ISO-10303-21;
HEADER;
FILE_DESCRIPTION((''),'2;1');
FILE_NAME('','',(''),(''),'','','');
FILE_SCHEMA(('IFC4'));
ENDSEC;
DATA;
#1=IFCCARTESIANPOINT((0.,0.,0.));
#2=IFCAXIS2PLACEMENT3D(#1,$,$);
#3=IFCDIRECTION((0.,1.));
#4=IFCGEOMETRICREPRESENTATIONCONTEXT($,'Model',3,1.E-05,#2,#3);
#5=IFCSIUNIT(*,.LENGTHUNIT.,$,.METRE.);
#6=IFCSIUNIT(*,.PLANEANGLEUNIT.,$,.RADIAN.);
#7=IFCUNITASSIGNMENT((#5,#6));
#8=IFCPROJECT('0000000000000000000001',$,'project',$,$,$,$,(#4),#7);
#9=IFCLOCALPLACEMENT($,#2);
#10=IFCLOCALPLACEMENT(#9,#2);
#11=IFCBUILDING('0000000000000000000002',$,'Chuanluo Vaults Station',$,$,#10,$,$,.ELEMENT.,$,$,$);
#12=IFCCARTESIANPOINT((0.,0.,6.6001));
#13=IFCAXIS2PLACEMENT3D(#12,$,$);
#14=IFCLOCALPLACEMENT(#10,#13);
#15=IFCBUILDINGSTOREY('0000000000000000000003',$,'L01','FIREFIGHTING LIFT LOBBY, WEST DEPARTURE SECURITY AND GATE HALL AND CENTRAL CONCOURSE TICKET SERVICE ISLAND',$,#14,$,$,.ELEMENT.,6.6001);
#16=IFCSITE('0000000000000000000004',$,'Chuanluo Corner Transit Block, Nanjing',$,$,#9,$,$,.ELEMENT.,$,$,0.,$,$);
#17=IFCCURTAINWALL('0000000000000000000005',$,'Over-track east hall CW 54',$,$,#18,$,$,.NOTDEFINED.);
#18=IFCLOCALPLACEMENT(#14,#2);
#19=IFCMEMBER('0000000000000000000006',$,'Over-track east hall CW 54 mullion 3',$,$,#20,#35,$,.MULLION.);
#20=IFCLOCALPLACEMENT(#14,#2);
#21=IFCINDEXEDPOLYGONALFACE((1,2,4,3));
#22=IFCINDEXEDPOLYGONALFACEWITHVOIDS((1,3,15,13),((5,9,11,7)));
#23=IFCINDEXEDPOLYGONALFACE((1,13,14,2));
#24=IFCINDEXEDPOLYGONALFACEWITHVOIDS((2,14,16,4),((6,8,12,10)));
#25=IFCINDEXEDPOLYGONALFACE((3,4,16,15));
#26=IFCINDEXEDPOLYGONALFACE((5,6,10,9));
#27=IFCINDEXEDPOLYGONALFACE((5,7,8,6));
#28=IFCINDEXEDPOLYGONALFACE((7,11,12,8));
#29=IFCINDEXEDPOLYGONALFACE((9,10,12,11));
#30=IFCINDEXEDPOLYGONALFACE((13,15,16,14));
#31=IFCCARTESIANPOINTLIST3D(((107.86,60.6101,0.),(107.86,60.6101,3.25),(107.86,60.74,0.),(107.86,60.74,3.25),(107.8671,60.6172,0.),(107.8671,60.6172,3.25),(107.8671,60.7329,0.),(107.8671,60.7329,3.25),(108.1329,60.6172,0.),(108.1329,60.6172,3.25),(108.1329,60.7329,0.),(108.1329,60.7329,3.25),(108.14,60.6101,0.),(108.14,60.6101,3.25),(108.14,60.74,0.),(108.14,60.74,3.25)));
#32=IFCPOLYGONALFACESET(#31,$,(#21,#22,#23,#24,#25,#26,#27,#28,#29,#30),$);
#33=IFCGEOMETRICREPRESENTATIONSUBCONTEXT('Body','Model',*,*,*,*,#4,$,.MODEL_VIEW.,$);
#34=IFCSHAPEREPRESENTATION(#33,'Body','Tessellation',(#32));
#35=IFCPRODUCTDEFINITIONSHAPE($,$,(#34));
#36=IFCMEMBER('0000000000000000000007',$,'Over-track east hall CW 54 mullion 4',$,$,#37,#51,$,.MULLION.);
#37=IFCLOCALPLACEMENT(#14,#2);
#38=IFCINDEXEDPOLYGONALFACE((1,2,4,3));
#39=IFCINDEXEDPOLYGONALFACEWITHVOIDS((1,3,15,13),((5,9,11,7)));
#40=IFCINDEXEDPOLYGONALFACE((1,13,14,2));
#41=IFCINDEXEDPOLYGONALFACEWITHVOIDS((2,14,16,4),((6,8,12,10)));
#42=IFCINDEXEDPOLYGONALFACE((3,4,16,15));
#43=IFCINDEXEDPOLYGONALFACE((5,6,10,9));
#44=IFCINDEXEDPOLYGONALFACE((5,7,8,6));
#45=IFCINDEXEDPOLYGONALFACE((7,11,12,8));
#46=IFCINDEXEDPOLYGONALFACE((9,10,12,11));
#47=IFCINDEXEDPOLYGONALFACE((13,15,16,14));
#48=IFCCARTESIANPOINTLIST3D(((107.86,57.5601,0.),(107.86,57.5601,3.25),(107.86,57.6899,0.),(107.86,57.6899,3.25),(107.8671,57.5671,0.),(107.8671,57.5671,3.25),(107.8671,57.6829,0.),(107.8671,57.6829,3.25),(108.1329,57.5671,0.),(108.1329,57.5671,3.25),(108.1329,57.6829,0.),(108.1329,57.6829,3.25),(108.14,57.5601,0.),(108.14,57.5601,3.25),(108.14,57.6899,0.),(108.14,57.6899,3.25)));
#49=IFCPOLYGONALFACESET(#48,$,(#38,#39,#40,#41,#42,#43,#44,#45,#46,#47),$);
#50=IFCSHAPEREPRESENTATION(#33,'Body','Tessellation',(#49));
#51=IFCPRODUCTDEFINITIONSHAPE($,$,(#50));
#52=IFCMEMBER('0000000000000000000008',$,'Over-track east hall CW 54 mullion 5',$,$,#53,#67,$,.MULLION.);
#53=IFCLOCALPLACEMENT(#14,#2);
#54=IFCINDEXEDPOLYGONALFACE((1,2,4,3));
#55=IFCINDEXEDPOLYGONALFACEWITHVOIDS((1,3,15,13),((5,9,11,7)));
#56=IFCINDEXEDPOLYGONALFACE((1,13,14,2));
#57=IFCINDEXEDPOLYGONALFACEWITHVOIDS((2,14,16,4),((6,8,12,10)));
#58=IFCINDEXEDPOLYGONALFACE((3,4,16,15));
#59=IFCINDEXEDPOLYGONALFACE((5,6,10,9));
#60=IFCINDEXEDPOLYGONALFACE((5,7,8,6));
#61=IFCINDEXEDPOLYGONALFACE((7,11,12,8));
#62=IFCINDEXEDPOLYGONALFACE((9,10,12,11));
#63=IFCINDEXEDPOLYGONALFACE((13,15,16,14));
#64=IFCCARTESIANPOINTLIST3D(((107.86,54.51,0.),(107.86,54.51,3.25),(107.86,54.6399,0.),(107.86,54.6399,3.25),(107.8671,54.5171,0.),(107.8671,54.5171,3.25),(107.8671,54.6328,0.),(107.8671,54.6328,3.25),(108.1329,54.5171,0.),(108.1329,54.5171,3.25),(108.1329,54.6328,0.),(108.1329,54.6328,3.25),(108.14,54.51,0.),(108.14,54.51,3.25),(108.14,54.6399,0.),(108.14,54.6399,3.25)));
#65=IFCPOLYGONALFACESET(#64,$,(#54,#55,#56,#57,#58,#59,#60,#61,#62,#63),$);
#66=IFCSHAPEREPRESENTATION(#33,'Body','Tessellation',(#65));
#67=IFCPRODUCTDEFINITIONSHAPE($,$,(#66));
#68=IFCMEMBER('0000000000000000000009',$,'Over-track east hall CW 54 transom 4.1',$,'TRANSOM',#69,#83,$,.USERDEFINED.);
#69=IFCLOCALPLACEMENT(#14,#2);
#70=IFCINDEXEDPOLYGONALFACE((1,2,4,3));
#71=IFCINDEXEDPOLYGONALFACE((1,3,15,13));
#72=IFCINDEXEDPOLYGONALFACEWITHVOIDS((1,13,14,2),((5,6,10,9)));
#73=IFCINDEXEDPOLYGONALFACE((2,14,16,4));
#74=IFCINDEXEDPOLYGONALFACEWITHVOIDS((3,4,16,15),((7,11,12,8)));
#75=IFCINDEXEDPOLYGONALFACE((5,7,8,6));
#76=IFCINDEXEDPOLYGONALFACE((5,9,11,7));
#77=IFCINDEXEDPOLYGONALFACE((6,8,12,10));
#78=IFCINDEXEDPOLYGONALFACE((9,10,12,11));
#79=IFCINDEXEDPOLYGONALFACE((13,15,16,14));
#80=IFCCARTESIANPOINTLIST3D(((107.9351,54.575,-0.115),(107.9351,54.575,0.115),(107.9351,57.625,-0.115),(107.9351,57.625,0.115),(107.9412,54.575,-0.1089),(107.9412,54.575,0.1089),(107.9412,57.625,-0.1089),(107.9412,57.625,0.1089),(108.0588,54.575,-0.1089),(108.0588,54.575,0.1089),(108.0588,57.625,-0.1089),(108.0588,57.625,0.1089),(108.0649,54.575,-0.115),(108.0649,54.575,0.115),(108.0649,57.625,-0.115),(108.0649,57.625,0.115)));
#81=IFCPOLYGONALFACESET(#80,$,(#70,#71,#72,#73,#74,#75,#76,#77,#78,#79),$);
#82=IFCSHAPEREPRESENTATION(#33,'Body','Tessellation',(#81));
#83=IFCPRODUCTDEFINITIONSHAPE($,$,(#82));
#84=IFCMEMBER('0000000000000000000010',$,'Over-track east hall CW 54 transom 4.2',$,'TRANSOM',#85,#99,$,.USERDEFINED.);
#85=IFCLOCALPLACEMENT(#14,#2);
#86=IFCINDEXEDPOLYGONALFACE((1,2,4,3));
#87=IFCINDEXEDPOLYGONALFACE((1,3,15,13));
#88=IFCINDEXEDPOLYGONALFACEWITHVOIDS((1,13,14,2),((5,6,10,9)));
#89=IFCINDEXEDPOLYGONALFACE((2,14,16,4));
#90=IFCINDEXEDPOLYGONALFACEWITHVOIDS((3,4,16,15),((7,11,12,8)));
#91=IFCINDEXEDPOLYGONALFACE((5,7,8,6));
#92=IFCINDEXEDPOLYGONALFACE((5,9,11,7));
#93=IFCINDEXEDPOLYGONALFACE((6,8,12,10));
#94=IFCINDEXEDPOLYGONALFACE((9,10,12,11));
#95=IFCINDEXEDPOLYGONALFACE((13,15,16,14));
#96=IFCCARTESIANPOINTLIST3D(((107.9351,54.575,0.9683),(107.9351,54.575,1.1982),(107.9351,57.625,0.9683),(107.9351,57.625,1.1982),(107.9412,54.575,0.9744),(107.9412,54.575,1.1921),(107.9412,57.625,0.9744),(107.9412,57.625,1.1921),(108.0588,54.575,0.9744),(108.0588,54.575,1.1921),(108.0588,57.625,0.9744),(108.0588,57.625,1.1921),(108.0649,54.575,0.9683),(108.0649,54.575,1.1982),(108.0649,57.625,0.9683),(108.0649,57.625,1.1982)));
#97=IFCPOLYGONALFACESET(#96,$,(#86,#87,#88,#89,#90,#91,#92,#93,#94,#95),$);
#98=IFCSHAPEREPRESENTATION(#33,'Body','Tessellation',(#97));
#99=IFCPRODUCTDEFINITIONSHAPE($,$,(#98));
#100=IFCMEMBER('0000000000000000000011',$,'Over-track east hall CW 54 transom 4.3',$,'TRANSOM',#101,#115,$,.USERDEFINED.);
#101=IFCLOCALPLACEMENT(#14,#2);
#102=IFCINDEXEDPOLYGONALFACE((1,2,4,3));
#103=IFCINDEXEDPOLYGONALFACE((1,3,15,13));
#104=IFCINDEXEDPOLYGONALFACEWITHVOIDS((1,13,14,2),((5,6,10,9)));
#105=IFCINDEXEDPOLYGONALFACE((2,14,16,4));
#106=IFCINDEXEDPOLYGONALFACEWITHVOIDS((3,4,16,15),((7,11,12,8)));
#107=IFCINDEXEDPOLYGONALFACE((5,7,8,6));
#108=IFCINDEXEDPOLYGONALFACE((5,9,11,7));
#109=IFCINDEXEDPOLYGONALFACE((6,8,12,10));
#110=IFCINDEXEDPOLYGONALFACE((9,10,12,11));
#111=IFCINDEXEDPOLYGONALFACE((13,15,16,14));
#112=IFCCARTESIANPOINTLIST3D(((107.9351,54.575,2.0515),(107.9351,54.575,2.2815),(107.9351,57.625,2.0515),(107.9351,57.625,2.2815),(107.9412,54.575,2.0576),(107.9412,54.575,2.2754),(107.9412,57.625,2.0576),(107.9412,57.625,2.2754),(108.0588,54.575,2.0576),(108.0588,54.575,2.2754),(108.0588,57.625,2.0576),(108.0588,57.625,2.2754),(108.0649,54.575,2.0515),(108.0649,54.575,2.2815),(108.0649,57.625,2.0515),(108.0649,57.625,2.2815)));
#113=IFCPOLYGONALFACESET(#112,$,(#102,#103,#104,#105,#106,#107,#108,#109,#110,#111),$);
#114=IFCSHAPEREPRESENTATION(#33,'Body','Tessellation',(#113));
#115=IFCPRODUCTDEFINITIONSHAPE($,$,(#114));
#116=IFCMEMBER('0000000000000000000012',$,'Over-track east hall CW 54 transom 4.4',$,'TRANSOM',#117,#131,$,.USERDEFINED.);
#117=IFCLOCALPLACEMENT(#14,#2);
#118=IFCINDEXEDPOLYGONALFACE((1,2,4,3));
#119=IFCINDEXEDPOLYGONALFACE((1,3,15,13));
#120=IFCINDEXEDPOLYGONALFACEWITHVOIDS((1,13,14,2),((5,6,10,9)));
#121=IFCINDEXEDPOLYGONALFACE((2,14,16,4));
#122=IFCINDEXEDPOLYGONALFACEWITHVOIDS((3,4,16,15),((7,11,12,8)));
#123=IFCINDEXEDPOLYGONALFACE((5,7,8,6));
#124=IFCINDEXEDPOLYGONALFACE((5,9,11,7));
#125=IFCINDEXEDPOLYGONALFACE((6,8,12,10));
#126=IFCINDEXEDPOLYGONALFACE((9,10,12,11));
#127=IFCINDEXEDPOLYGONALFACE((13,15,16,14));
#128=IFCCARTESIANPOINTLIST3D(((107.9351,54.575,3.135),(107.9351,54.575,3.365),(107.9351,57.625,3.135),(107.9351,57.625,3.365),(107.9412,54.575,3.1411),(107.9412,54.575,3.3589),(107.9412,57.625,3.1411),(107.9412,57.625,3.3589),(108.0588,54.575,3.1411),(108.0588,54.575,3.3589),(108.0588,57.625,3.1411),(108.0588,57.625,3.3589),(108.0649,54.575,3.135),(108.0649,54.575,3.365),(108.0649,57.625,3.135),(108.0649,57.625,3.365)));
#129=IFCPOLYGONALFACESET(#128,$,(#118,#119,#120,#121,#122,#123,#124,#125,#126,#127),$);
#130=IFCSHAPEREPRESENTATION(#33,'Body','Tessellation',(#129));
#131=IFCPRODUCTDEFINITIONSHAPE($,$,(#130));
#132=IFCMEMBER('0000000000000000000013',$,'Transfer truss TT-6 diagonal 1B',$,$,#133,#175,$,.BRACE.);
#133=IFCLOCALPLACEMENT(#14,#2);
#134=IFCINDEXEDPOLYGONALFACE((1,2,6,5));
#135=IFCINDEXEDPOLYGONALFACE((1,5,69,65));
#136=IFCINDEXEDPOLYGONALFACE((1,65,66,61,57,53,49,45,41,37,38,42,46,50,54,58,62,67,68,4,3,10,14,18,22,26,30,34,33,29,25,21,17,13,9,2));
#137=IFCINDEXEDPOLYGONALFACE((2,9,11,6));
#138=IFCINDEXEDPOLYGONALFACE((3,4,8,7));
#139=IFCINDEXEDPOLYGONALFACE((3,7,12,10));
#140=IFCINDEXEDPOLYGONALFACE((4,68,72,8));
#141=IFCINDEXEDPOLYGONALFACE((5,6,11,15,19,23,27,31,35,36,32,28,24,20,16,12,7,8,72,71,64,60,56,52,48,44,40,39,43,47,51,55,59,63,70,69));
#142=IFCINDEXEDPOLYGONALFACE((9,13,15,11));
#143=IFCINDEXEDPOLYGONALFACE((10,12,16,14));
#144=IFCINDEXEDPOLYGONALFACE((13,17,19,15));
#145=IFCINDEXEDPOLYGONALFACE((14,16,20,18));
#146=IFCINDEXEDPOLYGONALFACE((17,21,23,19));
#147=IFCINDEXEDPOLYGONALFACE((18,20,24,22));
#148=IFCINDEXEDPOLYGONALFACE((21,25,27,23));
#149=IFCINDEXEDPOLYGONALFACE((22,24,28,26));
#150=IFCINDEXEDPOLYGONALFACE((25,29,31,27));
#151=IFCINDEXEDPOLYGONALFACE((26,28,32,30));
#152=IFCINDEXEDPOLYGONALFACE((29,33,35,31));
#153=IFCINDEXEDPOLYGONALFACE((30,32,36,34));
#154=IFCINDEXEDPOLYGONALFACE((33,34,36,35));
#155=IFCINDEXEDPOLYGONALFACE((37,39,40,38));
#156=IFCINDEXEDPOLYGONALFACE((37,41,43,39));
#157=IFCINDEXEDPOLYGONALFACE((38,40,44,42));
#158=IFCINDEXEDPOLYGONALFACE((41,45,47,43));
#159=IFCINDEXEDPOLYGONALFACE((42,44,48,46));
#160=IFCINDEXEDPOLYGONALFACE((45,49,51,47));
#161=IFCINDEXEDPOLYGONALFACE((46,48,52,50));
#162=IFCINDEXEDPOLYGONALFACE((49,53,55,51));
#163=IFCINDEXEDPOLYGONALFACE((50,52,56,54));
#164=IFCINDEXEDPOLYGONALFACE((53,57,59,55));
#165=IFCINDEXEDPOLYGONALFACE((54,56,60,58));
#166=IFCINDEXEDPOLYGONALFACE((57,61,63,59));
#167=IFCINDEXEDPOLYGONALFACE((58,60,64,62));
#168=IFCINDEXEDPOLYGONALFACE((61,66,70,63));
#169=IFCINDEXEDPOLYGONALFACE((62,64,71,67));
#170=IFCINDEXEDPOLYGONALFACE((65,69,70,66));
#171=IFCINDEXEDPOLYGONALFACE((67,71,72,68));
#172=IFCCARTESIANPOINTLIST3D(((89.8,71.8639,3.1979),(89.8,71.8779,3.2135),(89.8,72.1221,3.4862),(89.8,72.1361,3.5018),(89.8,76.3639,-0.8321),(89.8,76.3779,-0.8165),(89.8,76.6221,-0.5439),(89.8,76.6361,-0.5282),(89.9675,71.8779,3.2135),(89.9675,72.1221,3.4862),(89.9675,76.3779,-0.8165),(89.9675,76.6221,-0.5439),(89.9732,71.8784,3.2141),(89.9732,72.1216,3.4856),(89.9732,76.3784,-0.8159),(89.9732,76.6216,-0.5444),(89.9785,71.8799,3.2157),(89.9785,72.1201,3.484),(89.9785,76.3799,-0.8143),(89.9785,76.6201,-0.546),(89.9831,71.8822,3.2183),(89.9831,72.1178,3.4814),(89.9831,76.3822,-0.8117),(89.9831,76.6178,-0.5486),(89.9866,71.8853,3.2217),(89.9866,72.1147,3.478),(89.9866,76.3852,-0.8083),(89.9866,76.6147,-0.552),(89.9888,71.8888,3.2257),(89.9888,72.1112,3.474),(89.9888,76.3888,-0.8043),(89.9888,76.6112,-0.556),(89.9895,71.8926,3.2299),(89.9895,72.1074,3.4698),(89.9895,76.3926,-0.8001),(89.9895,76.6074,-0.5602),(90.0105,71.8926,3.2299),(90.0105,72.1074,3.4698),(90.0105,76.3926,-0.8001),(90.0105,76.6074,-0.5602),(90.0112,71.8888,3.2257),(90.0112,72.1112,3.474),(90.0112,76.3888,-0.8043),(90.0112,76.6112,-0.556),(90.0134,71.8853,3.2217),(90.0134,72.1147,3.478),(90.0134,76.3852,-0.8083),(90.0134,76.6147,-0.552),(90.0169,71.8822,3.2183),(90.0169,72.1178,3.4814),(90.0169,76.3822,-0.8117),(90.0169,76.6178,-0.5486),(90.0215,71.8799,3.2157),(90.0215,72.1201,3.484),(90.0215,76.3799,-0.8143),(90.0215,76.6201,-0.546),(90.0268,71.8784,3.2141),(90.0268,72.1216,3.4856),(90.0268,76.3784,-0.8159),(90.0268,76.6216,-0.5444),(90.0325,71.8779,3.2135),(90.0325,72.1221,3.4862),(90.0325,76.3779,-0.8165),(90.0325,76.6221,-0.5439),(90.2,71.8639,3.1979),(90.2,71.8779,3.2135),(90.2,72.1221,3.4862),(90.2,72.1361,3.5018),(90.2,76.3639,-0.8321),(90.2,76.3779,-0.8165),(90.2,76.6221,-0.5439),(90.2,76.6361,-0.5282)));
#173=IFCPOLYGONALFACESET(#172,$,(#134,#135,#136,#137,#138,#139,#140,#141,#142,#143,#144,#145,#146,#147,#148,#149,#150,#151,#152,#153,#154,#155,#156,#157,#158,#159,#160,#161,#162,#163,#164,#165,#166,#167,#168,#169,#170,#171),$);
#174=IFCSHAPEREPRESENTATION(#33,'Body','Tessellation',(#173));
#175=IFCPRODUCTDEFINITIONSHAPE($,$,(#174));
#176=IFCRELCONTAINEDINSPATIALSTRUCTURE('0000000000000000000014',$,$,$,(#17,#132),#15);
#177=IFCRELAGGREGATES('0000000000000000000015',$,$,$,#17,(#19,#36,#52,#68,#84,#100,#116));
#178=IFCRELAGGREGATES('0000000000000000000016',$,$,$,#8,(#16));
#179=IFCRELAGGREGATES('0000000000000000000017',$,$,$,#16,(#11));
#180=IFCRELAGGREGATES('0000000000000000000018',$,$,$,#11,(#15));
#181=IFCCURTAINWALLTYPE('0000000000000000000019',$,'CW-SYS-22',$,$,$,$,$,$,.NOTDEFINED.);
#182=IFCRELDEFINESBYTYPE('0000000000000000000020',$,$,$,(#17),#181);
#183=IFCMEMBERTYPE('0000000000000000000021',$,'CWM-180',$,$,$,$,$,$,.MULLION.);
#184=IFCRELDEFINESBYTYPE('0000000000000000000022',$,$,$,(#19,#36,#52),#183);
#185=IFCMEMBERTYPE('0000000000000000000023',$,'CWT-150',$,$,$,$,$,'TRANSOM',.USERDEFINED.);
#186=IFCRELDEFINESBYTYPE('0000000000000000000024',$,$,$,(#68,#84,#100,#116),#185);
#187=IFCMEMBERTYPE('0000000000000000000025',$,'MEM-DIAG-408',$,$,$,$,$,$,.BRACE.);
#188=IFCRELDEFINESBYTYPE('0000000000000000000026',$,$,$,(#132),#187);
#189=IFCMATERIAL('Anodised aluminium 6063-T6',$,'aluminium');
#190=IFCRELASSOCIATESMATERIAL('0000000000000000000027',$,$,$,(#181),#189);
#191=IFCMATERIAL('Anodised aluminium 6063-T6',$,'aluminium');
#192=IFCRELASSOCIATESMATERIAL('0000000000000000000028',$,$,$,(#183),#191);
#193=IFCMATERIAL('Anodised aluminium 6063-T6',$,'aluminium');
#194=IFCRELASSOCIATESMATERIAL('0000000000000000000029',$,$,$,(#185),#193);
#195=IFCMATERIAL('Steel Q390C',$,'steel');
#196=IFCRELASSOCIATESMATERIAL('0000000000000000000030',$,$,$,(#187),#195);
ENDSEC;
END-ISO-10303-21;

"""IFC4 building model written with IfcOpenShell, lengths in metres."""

from ifc_helpers import new_model, si_unit, direction, frame, origin, origin_2d, place, context, subcontext, project, spatial, hollow_rectangle, i_section, extrude, material, material_profile, profile_set, type_object, element, aggregate, save


model = new_model("IFC4")

# Units and contexts
model_context = context("Model", 3, precision=1e-05, world=origin(), true_north=direction((0.0, 1.0)))
body_context = subcontext(model_context, "Body", "Model", "MODEL_VIEW")
ifc_project = project(units=[si_unit("LENGTHUNIT", "METRE"), si_unit("PLANEANGLEUNIT", "RADIAN")], contexts=[model_context])

# Site, building, storey
site_placement = place(None, origin())
site = spatial("IfcSite", under=ifc_project, at=site_placement, Name="Chuanluo Corner Transit Block, Nanjing", CompositionType="ELEMENT", RefElevation=0.0)
building_placement = place(site_placement, origin())
building = spatial("IfcBuilding", under=site, at=building_placement, Name="Chuanluo Vaults Station", CompositionType="ELEMENT")
storey_placement = place(building_placement, frame((0.0, 0.0, 6.6001)))
storey = spatial("IfcBuildingStorey", under=building, at=storey_placement, Name="L01", Description="FIREFIGHTING LIFT LOBBY, WEST DEPARTURE SECURITY AND GATE HALL AND CENTRAL CONCOURSE TICKET SERVICE ISLAND", CompositionType="ELEMENT", Elevation=6.6001)

# Curtain wall, members
ifc_material_1 = material(Name="Anodised aluminium 6063-T6", Category="aluminium")
curtain_wall_type = type_object("IfcCurtainWallType", Name="CW-SYS-22", PredefinedType="NOTDEFINED", material=ifc_material_1)
curtain_wall_placement = place(storey_placement, origin())
curtain_wall = element("IfcCurtainWall", 1, at=curtain_wall_placement, inside=storey, type_object=curtain_wall_type, Name="Over-track east hall CW 54", PredefinedType="NOTDEFINED")
ifc_material_2 = material(Name="Anodised aluminium 6063-T6", Category="aluminium")
ifc_material_profile_1 = material_profile(ifc_material_2, hollow_rectangle(XDim=0.1299, YDim=0.28, WallThickness=0.0071, at=origin_2d()))
ifc_profile_set_1 = profile_set([ifc_material_profile_1], Name="Anodised aluminium 6063-T6")
member_type_1 = type_object("IfcMemberType", Name="CWM-180", PredefinedType="MULLION", material=ifc_profile_set_1)
member_1_placement = place(storey_placement, frame((108.0, 60.675, 0.0), z_axis=(0.0, 0.0, 1.0), x_axis=(0.0, -1.0, 0.0)))
member_1 = element("IfcMember", 2, at=member_1_placement, type_object=member_type_1, Name="Over-track east hall CW 54 mullion 3", PredefinedType="MULLION", context=body_context, shape_type="SweptSolid", body=[
    extrude(hollow_rectangle(XDim=0.1299, YDim=0.28, WallThickness=0.0071, at=origin_2d()), origin(), (0.0, 0.0, 1.0), 3.25),
])
member_2_placement = place(storey_placement, frame((108.0, 57.625, 0.0), z_axis=(0.0, 0.0, 1.0), x_axis=(0.0, -1.0, 0.0)))
member_2 = element("IfcMember", 3, at=member_2_placement, type_object=member_type_1, Name="Over-track east hall CW 54 mullion 4", PredefinedType="MULLION", context=body_context, shape_type="SweptSolid", body=[
    extrude(hollow_rectangle(XDim=0.1299, YDim=0.28, WallThickness=0.0071, at=origin_2d()), origin(), (0.0, 0.0, 1.0), 3.25),
])
member_3_placement = place(storey_placement, frame((108.0, 54.575, 0.0), z_axis=(0.0, 0.0, 1.0), x_axis=(0.0, -1.0, 0.0)))
member_3 = element("IfcMember", 4, at=member_3_placement, type_object=member_type_1, Name="Over-track east hall CW 54 mullion 5", PredefinedType="MULLION", context=body_context, shape_type="SweptSolid", body=[
    extrude(hollow_rectangle(XDim=0.1299, YDim=0.28, WallThickness=0.0071, at=origin_2d()), origin(), (0.0, 0.0, 1.0), 3.25),
])
ifc_material_3 = material(Name="Anodised aluminium 6063-T6", Category="aluminium")
ifc_material_profile_2 = material_profile(ifc_material_3, hollow_rectangle(XDim=0.1299, YDim=0.23, WallThickness=0.0061, at=origin_2d()))
ifc_profile_set_2 = profile_set([ifc_material_profile_2], Name="Anodised aluminium 6063-T6")
member_type_2 = type_object("IfcMemberType", Name="CWT-150", ElementType="TRANSOM", PredefinedType="USERDEFINED", material=ifc_profile_set_2)
member_4_placement = place(storey_placement, frame((108.0, 57.625, 0.0), z_axis=(0.0, -1.0, 0.0), x_axis=(1.0, 0.0, 0.0)))
member_4 = element("IfcMember", 5, at=member_4_placement, type_object=member_type_2, Name="Over-track east hall CW 54 transom 4.1", ObjectType="TRANSOM", PredefinedType="USERDEFINED", context=body_context, shape_type="SweptSolid", body=[
    extrude(hollow_rectangle(XDim=0.1299, YDim=0.23, WallThickness=0.0061, at=origin_2d()), origin(), (0.0, 0.0, 1.0), 3.05),
])
member_5_placement = place(storey_placement, frame((108.0, 57.625, 1.0833), z_axis=(0.0, -1.0, 0.0), x_axis=(1.0, 0.0, 0.0)))
member_5 = element("IfcMember", 6, at=member_5_placement, type_object=member_type_2, Name="Over-track east hall CW 54 transom 4.2", ObjectType="TRANSOM", PredefinedType="USERDEFINED", context=body_context, shape_type="SweptSolid", body=[
    extrude(hollow_rectangle(XDim=0.1299, YDim=0.23, WallThickness=0.0061, at=origin_2d()), origin(), (0.0, 0.0, 1.0), 3.05),
])
member_6_placement = place(storey_placement, frame((108.0, 57.625, 2.1665), z_axis=(0.0, -1.0, 0.0), x_axis=(1.0, 0.0, 0.0)))
member_6 = element("IfcMember", 7, at=member_6_placement, type_object=member_type_2, Name="Over-track east hall CW 54 transom 4.3", ObjectType="TRANSOM", PredefinedType="USERDEFINED", context=body_context, shape_type="SweptSolid", body=[
    extrude(hollow_rectangle(XDim=0.1299, YDim=0.23, WallThickness=0.0061, at=origin_2d()), origin(), (0.0, 0.0, 1.0), 3.05),
])
member_7_placement = place(storey_placement, frame((108.0, 57.625, 3.25), z_axis=(0.0, -1.0, 0.0), x_axis=(1.0, 0.0, 0.0)))
member_7 = element("IfcMember", 8, at=member_7_placement, type_object=member_type_2, Name="Over-track east hall CW 54 transom 4.4", ObjectType="TRANSOM", PredefinedType="USERDEFINED", context=body_context, shape_type="SweptSolid", body=[
    extrude(hollow_rectangle(XDim=0.1299, YDim=0.23, WallThickness=0.0061, at=origin_2d()), origin(), (0.0, 0.0, 1.0), 3.05),
])

# Member
ifc_material_4 = material(Name="Steel Q390C", Category="steel")
ifc_material_profile_3 = material_profile(ifc_material_4, i_section(OverallWidth=0.3999, OverallDepth=0.408, WebThickness=0.021, FlangeThickness=0.021, FilletRadius=0.022, at=origin_2d()))
ifc_profile_set_3 = profile_set([ifc_material_profile_3], Name="Steel Q390C")
member_type_3 = type_object("IfcMemberType", Name="MEM-DIAG-408", PredefinedType="BRACE", material=ifc_profile_set_3)
member_8_placement = place(storey_placement, frame((90.0, 72.0, 3.3499), z_axis=(0.0, 0.744936, -0.667136), x_axis=(-1.0, 0.0, 0.0)))
element("IfcMember", 9, at=member_8_placement, inside=storey, type_object=member_type_3, Name="Transfer truss TT-6 diagonal 1B", PredefinedType="BRACE", context=body_context, shape_type="SweptSolid", body=[
    extrude(i_section(OverallWidth=0.3999, OverallDepth=0.408, WebThickness=0.021, FlangeThickness=0.021, FilletRadius=0.022, at=origin_2d()), origin(), (0.0, 0.0, 1.0), 6.0408),
])

aggregate(curtain_wall, [member_1, member_2, member_3, member_4, member_5, member_6, member_7])

save(model, "model.ifc")
